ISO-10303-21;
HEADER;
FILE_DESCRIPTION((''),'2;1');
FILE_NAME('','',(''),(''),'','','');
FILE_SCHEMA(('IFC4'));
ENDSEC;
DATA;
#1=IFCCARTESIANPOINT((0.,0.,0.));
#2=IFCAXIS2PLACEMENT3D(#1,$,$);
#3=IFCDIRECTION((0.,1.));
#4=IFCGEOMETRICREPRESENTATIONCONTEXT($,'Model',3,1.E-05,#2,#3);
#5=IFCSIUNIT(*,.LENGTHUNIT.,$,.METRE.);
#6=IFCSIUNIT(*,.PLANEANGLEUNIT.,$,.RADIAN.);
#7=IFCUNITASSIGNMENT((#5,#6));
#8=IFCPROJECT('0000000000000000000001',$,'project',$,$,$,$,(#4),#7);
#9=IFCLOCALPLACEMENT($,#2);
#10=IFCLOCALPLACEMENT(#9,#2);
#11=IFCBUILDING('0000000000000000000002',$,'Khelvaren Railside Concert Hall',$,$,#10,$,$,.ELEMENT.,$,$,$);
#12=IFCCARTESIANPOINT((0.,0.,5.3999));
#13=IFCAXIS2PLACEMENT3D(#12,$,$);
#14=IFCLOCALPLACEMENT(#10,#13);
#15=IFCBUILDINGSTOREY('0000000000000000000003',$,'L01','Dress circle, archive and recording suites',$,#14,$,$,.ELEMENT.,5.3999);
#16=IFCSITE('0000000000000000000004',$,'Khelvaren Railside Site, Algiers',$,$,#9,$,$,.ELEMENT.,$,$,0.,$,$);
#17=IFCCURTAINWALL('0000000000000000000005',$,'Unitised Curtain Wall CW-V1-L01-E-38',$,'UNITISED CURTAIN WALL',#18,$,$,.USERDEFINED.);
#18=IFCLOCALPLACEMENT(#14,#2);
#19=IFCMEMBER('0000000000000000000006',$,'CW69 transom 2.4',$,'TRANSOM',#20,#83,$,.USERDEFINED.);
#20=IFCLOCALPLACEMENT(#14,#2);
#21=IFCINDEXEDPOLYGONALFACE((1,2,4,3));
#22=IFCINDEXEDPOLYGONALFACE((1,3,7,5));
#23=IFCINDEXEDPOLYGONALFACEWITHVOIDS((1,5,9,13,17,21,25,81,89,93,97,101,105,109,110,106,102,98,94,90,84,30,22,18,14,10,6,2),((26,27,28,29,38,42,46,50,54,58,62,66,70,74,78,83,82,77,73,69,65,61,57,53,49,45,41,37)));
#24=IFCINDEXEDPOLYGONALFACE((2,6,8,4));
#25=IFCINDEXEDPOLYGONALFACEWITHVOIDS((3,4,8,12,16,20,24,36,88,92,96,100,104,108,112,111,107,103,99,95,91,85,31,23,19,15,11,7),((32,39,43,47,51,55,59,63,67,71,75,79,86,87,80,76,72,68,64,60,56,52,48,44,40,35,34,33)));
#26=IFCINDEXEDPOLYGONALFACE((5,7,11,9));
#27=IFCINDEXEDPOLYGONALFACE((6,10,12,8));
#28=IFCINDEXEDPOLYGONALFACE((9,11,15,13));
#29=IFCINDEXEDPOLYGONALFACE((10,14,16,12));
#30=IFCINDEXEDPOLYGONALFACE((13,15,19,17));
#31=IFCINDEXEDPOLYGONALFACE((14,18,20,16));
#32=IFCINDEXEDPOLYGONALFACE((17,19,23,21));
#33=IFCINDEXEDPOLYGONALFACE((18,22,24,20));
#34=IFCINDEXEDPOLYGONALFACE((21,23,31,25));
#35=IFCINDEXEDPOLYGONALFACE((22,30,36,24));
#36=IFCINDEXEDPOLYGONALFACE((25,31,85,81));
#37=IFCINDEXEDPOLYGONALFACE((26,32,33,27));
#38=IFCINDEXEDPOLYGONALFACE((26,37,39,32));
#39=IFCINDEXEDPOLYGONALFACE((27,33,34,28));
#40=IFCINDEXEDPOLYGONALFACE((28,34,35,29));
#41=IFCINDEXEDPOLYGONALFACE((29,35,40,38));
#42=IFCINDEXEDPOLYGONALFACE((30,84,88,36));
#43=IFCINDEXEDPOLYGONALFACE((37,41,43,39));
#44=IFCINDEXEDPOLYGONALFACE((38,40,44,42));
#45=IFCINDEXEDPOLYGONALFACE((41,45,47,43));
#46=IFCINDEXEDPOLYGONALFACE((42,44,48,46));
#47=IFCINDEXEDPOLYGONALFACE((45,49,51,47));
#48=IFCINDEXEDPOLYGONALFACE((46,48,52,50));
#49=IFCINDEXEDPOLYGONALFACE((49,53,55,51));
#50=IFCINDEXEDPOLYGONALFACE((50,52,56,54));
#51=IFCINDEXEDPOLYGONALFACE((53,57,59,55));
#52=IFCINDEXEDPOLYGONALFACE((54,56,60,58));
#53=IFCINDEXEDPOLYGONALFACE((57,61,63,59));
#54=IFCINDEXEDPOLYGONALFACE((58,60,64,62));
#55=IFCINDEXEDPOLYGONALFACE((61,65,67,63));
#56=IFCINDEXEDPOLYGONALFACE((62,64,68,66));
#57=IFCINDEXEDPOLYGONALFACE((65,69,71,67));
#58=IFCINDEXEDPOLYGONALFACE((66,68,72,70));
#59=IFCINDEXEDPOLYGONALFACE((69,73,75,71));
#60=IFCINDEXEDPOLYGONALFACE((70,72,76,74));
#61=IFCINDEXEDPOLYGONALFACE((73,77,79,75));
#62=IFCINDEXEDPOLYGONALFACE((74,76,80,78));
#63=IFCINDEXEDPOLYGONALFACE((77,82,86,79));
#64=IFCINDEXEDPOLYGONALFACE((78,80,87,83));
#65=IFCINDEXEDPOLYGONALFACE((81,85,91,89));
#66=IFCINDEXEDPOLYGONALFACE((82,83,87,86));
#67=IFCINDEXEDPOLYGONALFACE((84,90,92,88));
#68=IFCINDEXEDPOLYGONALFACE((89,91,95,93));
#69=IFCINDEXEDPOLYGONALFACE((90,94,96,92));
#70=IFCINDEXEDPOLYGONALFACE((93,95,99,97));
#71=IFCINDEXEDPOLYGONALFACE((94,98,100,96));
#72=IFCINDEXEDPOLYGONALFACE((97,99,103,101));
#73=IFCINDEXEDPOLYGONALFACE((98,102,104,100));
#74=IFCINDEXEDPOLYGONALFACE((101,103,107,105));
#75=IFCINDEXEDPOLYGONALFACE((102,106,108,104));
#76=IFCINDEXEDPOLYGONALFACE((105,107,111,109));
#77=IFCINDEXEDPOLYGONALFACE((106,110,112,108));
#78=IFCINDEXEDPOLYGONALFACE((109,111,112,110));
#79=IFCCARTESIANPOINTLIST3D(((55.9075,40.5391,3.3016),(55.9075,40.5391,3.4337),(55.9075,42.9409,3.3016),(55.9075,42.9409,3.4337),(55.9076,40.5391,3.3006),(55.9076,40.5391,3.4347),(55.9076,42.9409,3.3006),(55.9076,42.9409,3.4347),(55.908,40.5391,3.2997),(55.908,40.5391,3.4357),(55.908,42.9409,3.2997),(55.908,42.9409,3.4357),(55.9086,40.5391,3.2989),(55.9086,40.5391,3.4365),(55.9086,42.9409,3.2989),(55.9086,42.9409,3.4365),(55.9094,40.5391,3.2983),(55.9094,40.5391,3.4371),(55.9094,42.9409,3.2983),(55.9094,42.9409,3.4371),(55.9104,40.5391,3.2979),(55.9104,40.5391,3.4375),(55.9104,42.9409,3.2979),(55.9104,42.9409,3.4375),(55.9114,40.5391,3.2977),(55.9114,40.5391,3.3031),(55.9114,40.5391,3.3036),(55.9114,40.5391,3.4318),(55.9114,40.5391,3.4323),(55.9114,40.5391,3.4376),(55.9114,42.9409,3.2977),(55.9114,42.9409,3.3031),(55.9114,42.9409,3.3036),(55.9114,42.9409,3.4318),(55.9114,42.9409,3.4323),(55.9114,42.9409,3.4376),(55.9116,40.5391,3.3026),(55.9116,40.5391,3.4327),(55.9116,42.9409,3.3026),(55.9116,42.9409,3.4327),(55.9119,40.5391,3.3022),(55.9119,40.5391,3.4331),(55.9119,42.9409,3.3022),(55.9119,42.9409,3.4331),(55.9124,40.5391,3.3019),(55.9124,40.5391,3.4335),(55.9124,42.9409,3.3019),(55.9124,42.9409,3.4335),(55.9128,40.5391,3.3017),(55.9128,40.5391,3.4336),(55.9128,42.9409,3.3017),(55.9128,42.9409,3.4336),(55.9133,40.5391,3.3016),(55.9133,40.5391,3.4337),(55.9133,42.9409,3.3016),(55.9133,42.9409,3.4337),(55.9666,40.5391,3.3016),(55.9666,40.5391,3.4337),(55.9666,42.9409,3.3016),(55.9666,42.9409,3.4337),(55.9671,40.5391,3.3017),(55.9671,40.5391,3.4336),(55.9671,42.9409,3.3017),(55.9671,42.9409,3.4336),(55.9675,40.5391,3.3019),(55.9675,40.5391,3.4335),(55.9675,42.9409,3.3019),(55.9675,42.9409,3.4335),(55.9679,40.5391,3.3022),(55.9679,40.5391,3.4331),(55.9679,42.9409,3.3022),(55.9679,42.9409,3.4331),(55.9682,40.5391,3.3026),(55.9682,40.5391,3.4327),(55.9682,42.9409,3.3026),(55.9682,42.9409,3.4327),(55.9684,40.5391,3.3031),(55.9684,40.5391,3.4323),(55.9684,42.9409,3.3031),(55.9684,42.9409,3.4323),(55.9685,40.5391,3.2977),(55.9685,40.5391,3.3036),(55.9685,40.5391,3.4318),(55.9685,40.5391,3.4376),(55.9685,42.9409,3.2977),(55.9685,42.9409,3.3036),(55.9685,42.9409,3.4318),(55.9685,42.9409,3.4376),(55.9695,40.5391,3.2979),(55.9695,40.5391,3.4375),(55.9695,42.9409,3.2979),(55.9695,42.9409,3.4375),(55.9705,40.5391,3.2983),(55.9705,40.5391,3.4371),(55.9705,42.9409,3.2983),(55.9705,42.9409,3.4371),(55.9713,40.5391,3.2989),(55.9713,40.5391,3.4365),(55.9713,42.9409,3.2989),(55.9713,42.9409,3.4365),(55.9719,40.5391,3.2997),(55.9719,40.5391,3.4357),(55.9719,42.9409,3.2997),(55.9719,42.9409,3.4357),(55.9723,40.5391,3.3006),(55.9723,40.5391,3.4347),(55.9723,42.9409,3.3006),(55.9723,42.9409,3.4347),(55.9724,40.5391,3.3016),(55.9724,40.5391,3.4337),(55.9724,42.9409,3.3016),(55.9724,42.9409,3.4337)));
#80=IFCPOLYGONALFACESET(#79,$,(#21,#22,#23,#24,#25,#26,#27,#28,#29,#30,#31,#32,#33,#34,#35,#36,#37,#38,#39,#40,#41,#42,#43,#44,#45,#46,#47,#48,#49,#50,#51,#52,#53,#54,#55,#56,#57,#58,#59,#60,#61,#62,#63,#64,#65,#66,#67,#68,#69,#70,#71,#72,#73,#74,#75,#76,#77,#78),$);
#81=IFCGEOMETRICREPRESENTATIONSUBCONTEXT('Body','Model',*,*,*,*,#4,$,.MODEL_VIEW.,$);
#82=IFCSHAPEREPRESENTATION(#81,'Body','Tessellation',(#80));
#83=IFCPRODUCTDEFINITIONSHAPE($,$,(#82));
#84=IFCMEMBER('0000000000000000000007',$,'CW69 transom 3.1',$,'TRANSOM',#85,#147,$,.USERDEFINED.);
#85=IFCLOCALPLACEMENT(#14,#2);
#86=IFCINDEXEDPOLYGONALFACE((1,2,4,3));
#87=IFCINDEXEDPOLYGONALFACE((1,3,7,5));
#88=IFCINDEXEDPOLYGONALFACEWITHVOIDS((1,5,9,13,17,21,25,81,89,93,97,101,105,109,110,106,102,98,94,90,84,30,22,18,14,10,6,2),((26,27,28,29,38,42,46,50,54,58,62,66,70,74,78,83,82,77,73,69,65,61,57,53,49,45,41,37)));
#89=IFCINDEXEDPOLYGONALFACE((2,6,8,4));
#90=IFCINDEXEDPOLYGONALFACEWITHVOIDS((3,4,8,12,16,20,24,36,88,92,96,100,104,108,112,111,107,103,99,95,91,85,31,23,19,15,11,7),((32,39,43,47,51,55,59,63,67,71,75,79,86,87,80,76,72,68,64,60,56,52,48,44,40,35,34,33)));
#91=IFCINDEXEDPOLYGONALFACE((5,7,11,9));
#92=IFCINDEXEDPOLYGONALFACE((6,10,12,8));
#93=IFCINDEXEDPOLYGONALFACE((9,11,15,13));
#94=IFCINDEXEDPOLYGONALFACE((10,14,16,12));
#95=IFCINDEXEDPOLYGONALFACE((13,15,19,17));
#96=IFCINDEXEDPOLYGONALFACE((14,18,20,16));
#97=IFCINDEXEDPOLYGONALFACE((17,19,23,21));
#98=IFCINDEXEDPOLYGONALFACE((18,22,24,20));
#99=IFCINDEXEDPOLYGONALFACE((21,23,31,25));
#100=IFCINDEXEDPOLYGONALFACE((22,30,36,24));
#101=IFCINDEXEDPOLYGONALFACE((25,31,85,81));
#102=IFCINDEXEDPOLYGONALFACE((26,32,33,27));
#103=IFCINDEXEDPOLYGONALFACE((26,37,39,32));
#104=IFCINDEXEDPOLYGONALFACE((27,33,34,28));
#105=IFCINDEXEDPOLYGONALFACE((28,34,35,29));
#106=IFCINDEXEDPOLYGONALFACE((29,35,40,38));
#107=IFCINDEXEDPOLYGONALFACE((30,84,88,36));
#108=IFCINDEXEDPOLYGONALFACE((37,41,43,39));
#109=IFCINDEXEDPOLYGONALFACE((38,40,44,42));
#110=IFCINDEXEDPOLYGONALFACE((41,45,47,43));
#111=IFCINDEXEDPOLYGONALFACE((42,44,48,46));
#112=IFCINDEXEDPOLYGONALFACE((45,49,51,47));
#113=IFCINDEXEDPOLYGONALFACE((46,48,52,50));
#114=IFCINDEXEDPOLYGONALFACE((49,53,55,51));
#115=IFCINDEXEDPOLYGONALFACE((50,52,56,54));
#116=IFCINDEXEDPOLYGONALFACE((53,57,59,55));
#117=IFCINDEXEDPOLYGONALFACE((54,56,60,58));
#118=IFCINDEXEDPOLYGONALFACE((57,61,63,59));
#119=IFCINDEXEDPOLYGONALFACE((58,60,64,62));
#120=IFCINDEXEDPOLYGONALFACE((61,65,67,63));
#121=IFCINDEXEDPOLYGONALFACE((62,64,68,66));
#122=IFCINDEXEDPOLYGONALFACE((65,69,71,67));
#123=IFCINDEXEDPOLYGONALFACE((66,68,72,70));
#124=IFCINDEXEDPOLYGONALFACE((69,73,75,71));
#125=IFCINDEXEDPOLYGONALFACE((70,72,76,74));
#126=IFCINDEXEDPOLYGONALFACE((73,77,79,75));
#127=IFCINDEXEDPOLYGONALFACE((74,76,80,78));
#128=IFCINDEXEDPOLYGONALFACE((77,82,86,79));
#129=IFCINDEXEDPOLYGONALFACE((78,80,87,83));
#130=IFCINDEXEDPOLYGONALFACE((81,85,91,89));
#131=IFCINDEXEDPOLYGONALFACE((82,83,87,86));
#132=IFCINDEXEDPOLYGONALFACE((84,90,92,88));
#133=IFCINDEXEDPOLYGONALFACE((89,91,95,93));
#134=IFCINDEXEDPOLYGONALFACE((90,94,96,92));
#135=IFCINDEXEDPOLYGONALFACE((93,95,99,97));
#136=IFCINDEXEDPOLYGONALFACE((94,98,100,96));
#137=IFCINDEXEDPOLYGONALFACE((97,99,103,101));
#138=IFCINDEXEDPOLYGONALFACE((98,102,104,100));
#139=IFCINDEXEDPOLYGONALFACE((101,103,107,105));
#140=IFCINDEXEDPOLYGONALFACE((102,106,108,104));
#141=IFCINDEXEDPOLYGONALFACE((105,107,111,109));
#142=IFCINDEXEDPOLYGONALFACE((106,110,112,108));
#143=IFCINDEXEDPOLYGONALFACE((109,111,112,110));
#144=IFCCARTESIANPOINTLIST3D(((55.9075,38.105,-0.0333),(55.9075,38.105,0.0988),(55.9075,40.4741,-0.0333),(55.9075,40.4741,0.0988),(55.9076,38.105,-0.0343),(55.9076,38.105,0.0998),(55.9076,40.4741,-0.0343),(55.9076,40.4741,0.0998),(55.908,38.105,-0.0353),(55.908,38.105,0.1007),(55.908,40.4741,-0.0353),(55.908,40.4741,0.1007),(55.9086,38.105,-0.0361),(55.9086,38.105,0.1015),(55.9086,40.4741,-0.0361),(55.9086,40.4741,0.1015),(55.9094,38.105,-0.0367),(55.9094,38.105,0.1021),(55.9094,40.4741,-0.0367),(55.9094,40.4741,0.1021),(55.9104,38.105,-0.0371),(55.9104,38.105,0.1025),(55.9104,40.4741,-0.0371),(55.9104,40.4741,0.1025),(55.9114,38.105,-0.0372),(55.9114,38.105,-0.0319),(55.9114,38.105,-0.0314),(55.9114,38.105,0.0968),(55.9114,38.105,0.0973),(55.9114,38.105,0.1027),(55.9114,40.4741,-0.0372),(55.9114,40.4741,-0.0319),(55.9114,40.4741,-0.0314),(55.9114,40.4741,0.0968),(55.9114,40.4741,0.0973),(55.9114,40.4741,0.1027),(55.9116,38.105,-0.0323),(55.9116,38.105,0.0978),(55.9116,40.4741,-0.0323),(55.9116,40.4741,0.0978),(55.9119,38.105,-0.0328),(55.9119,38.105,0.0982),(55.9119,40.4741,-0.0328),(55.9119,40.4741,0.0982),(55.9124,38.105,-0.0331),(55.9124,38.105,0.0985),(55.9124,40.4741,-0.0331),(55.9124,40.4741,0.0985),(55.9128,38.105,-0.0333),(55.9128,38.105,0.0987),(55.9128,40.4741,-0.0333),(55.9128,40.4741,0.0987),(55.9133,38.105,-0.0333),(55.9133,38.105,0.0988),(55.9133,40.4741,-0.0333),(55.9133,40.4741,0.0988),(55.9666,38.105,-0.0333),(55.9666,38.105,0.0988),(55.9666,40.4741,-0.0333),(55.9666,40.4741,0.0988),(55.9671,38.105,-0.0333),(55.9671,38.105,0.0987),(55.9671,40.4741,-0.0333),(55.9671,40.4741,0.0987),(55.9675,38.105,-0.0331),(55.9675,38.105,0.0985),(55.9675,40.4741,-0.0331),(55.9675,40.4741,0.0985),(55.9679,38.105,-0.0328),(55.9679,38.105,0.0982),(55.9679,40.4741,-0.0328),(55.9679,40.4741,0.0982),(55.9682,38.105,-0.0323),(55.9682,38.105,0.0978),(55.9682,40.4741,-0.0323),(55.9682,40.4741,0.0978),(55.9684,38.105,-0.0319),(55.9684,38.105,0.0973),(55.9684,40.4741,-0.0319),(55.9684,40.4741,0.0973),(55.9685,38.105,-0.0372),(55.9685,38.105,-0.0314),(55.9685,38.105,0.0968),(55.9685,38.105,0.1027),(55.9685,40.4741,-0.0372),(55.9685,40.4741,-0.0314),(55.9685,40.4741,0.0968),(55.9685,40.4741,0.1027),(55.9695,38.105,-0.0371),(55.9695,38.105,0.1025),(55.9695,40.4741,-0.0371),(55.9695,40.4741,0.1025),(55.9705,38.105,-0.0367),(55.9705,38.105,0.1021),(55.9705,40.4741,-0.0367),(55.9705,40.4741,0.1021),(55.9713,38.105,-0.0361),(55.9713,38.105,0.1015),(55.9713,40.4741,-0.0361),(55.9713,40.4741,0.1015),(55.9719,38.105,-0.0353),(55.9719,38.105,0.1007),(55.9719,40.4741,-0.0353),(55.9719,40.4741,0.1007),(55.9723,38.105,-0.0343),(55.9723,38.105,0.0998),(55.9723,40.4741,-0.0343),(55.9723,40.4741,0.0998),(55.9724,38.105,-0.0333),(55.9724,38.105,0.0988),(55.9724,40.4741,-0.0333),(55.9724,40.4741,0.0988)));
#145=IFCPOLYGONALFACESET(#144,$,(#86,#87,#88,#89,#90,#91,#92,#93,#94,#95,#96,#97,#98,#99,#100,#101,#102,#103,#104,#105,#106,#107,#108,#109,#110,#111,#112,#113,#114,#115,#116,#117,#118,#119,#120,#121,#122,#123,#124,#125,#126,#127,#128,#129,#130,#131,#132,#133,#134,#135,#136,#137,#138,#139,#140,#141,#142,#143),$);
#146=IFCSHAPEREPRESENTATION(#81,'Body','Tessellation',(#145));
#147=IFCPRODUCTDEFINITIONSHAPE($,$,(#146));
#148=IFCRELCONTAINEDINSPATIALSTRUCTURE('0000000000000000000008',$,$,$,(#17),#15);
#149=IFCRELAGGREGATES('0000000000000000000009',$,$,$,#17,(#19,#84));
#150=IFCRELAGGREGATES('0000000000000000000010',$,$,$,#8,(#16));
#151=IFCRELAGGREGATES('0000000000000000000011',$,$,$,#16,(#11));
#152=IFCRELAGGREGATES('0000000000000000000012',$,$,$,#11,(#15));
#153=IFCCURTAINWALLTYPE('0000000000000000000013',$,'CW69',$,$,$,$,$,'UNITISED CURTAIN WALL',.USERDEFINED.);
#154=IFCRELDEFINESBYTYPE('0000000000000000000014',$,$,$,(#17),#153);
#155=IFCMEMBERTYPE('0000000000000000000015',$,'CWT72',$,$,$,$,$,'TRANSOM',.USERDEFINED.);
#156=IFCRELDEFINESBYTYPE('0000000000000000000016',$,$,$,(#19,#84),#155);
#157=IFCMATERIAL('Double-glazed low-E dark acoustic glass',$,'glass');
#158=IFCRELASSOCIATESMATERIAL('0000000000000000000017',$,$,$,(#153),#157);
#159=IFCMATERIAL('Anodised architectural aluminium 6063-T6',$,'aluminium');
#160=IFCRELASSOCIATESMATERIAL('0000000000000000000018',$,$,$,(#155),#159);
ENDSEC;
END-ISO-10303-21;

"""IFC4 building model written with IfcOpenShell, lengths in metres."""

from ifc_helpers import new_model, si_unit, direction, frame, origin, origin_2d, place, context, subcontext, project, spatial, hollow_rectangle, extrude, material, material_profile, profile_set, type_object, element, aggregate, save


model = new_model("IFC4")

# Units and contexts
model_context = context("Model", 3, precision=1e-05, world=origin(), true_north=direction((0.0, 1.0)))
body_context = subcontext(model_context, "Body", "Model", "MODEL_VIEW")
ifc_project = project(units=[si_unit("LENGTHUNIT", "METRE"), si_unit("PLANEANGLEUNIT", "RADIAN")], contexts=[model_context])

# Site, building, storey
site_placement = place(None, origin())
site = spatial("IfcSite", under=ifc_project, at=site_placement, Name="Khelvaren Railside Site, Algiers", CompositionType="ELEMENT", RefElevation=0.0)
building_placement = place(site_placement, origin())
building = spatial("IfcBuilding", under=site, at=building_placement, Name="Khelvaren Railside Concert Hall", CompositionType="ELEMENT")
storey_placement = place(building_placement, frame((0.0, 0.0, 5.3999)))
storey = spatial("IfcBuildingStorey", under=building, at=storey_placement, Name="L01", Description="Dress circle, archive and recording suites", CompositionType="ELEMENT", Elevation=5.3999)

# Curtain wall, members
ifc_material_1 = material(Name="Double-glazed low-E dark acoustic glass", Category="glass")
curtain_wall_type = type_object("IfcCurtainWallType", Name="CW69", ElementType="UNITISED CURTAIN WALL", PredefinedType="USERDEFINED", material=ifc_material_1)
curtain_wall_placement = place(storey_placement, origin())
curtain_wall = element("IfcCurtainWall", 1, at=curtain_wall_placement, inside=storey, type_object=curtain_wall_type, Name="Unitised Curtain Wall CW-V1-L01-E-38", ObjectType="UNITISED CURTAIN WALL", PredefinedType="USERDEFINED")
ifc_material_2 = material(Name="Anodised architectural aluminium 6063-T6", Category="aluminium")
ifc_material_profile_1 = material_profile(ifc_material_2, hollow_rectangle(XDim=0.0649, YDim=0.1399, WallThickness=0.0039, InnerFilletRadius=0.002, OuterFilletRadius=0.0039, at=origin_2d()), Name="CWT 65x140x4")
ifc_profile_set_1 = profile_set([ifc_material_profile_1], Name="Anodised architectural aluminium 6063-T6")
member_type_1 = type_object("IfcMemberType", Name="CWT72", ElementType="TRANSOM", PredefinedType="USERDEFINED", material=ifc_profile_set_1)
member_1_placement = place(storey_placement, frame((55.9399, 42.9409, 3.3677), z_axis=(0.0, -1.0, 0.0), x_axis=(1.0, 0.0, 0.0)))
member_1 = element("IfcMember", 2, at=member_1_placement, type_object=member_type_1, Name="CW69 transom 2.4", ObjectType="TRANSOM", PredefinedType="USERDEFINED", context=body_context, shape_type="SweptSolid", body=[
    extrude(hollow_rectangle(XDim=0.0649, YDim=0.1399, WallThickness=0.0039, InnerFilletRadius=0.002, OuterFilletRadius=0.0039, at=origin_2d()), origin(), (0.0, 0.0, 1.0), 2.4019),
])
member_2_placement = place(storey_placement, frame((55.9399, 40.4741, 0.0327), z_axis=(0.0, -1.0, 0.0), x_axis=(1.0, 0.0, 0.0)))
member_2 = element("IfcMember", 3, at=member_2_placement, type_object=member_type_1, Name="CW69 transom 3.1", ObjectType="TRANSOM", PredefinedType="USERDEFINED", context=body_context, shape_type="SweptSolid", body=[
    extrude(hollow_rectangle(XDim=0.0649, YDim=0.1399, WallThickness=0.0039, InnerFilletRadius=0.002, OuterFilletRadius=0.0039, at=origin_2d()), origin(), (0.0, 0.0, 1.0), 2.3691),
])

aggregate(curtain_wall, [member_1, member_2])

save(model, "model.ifc")
